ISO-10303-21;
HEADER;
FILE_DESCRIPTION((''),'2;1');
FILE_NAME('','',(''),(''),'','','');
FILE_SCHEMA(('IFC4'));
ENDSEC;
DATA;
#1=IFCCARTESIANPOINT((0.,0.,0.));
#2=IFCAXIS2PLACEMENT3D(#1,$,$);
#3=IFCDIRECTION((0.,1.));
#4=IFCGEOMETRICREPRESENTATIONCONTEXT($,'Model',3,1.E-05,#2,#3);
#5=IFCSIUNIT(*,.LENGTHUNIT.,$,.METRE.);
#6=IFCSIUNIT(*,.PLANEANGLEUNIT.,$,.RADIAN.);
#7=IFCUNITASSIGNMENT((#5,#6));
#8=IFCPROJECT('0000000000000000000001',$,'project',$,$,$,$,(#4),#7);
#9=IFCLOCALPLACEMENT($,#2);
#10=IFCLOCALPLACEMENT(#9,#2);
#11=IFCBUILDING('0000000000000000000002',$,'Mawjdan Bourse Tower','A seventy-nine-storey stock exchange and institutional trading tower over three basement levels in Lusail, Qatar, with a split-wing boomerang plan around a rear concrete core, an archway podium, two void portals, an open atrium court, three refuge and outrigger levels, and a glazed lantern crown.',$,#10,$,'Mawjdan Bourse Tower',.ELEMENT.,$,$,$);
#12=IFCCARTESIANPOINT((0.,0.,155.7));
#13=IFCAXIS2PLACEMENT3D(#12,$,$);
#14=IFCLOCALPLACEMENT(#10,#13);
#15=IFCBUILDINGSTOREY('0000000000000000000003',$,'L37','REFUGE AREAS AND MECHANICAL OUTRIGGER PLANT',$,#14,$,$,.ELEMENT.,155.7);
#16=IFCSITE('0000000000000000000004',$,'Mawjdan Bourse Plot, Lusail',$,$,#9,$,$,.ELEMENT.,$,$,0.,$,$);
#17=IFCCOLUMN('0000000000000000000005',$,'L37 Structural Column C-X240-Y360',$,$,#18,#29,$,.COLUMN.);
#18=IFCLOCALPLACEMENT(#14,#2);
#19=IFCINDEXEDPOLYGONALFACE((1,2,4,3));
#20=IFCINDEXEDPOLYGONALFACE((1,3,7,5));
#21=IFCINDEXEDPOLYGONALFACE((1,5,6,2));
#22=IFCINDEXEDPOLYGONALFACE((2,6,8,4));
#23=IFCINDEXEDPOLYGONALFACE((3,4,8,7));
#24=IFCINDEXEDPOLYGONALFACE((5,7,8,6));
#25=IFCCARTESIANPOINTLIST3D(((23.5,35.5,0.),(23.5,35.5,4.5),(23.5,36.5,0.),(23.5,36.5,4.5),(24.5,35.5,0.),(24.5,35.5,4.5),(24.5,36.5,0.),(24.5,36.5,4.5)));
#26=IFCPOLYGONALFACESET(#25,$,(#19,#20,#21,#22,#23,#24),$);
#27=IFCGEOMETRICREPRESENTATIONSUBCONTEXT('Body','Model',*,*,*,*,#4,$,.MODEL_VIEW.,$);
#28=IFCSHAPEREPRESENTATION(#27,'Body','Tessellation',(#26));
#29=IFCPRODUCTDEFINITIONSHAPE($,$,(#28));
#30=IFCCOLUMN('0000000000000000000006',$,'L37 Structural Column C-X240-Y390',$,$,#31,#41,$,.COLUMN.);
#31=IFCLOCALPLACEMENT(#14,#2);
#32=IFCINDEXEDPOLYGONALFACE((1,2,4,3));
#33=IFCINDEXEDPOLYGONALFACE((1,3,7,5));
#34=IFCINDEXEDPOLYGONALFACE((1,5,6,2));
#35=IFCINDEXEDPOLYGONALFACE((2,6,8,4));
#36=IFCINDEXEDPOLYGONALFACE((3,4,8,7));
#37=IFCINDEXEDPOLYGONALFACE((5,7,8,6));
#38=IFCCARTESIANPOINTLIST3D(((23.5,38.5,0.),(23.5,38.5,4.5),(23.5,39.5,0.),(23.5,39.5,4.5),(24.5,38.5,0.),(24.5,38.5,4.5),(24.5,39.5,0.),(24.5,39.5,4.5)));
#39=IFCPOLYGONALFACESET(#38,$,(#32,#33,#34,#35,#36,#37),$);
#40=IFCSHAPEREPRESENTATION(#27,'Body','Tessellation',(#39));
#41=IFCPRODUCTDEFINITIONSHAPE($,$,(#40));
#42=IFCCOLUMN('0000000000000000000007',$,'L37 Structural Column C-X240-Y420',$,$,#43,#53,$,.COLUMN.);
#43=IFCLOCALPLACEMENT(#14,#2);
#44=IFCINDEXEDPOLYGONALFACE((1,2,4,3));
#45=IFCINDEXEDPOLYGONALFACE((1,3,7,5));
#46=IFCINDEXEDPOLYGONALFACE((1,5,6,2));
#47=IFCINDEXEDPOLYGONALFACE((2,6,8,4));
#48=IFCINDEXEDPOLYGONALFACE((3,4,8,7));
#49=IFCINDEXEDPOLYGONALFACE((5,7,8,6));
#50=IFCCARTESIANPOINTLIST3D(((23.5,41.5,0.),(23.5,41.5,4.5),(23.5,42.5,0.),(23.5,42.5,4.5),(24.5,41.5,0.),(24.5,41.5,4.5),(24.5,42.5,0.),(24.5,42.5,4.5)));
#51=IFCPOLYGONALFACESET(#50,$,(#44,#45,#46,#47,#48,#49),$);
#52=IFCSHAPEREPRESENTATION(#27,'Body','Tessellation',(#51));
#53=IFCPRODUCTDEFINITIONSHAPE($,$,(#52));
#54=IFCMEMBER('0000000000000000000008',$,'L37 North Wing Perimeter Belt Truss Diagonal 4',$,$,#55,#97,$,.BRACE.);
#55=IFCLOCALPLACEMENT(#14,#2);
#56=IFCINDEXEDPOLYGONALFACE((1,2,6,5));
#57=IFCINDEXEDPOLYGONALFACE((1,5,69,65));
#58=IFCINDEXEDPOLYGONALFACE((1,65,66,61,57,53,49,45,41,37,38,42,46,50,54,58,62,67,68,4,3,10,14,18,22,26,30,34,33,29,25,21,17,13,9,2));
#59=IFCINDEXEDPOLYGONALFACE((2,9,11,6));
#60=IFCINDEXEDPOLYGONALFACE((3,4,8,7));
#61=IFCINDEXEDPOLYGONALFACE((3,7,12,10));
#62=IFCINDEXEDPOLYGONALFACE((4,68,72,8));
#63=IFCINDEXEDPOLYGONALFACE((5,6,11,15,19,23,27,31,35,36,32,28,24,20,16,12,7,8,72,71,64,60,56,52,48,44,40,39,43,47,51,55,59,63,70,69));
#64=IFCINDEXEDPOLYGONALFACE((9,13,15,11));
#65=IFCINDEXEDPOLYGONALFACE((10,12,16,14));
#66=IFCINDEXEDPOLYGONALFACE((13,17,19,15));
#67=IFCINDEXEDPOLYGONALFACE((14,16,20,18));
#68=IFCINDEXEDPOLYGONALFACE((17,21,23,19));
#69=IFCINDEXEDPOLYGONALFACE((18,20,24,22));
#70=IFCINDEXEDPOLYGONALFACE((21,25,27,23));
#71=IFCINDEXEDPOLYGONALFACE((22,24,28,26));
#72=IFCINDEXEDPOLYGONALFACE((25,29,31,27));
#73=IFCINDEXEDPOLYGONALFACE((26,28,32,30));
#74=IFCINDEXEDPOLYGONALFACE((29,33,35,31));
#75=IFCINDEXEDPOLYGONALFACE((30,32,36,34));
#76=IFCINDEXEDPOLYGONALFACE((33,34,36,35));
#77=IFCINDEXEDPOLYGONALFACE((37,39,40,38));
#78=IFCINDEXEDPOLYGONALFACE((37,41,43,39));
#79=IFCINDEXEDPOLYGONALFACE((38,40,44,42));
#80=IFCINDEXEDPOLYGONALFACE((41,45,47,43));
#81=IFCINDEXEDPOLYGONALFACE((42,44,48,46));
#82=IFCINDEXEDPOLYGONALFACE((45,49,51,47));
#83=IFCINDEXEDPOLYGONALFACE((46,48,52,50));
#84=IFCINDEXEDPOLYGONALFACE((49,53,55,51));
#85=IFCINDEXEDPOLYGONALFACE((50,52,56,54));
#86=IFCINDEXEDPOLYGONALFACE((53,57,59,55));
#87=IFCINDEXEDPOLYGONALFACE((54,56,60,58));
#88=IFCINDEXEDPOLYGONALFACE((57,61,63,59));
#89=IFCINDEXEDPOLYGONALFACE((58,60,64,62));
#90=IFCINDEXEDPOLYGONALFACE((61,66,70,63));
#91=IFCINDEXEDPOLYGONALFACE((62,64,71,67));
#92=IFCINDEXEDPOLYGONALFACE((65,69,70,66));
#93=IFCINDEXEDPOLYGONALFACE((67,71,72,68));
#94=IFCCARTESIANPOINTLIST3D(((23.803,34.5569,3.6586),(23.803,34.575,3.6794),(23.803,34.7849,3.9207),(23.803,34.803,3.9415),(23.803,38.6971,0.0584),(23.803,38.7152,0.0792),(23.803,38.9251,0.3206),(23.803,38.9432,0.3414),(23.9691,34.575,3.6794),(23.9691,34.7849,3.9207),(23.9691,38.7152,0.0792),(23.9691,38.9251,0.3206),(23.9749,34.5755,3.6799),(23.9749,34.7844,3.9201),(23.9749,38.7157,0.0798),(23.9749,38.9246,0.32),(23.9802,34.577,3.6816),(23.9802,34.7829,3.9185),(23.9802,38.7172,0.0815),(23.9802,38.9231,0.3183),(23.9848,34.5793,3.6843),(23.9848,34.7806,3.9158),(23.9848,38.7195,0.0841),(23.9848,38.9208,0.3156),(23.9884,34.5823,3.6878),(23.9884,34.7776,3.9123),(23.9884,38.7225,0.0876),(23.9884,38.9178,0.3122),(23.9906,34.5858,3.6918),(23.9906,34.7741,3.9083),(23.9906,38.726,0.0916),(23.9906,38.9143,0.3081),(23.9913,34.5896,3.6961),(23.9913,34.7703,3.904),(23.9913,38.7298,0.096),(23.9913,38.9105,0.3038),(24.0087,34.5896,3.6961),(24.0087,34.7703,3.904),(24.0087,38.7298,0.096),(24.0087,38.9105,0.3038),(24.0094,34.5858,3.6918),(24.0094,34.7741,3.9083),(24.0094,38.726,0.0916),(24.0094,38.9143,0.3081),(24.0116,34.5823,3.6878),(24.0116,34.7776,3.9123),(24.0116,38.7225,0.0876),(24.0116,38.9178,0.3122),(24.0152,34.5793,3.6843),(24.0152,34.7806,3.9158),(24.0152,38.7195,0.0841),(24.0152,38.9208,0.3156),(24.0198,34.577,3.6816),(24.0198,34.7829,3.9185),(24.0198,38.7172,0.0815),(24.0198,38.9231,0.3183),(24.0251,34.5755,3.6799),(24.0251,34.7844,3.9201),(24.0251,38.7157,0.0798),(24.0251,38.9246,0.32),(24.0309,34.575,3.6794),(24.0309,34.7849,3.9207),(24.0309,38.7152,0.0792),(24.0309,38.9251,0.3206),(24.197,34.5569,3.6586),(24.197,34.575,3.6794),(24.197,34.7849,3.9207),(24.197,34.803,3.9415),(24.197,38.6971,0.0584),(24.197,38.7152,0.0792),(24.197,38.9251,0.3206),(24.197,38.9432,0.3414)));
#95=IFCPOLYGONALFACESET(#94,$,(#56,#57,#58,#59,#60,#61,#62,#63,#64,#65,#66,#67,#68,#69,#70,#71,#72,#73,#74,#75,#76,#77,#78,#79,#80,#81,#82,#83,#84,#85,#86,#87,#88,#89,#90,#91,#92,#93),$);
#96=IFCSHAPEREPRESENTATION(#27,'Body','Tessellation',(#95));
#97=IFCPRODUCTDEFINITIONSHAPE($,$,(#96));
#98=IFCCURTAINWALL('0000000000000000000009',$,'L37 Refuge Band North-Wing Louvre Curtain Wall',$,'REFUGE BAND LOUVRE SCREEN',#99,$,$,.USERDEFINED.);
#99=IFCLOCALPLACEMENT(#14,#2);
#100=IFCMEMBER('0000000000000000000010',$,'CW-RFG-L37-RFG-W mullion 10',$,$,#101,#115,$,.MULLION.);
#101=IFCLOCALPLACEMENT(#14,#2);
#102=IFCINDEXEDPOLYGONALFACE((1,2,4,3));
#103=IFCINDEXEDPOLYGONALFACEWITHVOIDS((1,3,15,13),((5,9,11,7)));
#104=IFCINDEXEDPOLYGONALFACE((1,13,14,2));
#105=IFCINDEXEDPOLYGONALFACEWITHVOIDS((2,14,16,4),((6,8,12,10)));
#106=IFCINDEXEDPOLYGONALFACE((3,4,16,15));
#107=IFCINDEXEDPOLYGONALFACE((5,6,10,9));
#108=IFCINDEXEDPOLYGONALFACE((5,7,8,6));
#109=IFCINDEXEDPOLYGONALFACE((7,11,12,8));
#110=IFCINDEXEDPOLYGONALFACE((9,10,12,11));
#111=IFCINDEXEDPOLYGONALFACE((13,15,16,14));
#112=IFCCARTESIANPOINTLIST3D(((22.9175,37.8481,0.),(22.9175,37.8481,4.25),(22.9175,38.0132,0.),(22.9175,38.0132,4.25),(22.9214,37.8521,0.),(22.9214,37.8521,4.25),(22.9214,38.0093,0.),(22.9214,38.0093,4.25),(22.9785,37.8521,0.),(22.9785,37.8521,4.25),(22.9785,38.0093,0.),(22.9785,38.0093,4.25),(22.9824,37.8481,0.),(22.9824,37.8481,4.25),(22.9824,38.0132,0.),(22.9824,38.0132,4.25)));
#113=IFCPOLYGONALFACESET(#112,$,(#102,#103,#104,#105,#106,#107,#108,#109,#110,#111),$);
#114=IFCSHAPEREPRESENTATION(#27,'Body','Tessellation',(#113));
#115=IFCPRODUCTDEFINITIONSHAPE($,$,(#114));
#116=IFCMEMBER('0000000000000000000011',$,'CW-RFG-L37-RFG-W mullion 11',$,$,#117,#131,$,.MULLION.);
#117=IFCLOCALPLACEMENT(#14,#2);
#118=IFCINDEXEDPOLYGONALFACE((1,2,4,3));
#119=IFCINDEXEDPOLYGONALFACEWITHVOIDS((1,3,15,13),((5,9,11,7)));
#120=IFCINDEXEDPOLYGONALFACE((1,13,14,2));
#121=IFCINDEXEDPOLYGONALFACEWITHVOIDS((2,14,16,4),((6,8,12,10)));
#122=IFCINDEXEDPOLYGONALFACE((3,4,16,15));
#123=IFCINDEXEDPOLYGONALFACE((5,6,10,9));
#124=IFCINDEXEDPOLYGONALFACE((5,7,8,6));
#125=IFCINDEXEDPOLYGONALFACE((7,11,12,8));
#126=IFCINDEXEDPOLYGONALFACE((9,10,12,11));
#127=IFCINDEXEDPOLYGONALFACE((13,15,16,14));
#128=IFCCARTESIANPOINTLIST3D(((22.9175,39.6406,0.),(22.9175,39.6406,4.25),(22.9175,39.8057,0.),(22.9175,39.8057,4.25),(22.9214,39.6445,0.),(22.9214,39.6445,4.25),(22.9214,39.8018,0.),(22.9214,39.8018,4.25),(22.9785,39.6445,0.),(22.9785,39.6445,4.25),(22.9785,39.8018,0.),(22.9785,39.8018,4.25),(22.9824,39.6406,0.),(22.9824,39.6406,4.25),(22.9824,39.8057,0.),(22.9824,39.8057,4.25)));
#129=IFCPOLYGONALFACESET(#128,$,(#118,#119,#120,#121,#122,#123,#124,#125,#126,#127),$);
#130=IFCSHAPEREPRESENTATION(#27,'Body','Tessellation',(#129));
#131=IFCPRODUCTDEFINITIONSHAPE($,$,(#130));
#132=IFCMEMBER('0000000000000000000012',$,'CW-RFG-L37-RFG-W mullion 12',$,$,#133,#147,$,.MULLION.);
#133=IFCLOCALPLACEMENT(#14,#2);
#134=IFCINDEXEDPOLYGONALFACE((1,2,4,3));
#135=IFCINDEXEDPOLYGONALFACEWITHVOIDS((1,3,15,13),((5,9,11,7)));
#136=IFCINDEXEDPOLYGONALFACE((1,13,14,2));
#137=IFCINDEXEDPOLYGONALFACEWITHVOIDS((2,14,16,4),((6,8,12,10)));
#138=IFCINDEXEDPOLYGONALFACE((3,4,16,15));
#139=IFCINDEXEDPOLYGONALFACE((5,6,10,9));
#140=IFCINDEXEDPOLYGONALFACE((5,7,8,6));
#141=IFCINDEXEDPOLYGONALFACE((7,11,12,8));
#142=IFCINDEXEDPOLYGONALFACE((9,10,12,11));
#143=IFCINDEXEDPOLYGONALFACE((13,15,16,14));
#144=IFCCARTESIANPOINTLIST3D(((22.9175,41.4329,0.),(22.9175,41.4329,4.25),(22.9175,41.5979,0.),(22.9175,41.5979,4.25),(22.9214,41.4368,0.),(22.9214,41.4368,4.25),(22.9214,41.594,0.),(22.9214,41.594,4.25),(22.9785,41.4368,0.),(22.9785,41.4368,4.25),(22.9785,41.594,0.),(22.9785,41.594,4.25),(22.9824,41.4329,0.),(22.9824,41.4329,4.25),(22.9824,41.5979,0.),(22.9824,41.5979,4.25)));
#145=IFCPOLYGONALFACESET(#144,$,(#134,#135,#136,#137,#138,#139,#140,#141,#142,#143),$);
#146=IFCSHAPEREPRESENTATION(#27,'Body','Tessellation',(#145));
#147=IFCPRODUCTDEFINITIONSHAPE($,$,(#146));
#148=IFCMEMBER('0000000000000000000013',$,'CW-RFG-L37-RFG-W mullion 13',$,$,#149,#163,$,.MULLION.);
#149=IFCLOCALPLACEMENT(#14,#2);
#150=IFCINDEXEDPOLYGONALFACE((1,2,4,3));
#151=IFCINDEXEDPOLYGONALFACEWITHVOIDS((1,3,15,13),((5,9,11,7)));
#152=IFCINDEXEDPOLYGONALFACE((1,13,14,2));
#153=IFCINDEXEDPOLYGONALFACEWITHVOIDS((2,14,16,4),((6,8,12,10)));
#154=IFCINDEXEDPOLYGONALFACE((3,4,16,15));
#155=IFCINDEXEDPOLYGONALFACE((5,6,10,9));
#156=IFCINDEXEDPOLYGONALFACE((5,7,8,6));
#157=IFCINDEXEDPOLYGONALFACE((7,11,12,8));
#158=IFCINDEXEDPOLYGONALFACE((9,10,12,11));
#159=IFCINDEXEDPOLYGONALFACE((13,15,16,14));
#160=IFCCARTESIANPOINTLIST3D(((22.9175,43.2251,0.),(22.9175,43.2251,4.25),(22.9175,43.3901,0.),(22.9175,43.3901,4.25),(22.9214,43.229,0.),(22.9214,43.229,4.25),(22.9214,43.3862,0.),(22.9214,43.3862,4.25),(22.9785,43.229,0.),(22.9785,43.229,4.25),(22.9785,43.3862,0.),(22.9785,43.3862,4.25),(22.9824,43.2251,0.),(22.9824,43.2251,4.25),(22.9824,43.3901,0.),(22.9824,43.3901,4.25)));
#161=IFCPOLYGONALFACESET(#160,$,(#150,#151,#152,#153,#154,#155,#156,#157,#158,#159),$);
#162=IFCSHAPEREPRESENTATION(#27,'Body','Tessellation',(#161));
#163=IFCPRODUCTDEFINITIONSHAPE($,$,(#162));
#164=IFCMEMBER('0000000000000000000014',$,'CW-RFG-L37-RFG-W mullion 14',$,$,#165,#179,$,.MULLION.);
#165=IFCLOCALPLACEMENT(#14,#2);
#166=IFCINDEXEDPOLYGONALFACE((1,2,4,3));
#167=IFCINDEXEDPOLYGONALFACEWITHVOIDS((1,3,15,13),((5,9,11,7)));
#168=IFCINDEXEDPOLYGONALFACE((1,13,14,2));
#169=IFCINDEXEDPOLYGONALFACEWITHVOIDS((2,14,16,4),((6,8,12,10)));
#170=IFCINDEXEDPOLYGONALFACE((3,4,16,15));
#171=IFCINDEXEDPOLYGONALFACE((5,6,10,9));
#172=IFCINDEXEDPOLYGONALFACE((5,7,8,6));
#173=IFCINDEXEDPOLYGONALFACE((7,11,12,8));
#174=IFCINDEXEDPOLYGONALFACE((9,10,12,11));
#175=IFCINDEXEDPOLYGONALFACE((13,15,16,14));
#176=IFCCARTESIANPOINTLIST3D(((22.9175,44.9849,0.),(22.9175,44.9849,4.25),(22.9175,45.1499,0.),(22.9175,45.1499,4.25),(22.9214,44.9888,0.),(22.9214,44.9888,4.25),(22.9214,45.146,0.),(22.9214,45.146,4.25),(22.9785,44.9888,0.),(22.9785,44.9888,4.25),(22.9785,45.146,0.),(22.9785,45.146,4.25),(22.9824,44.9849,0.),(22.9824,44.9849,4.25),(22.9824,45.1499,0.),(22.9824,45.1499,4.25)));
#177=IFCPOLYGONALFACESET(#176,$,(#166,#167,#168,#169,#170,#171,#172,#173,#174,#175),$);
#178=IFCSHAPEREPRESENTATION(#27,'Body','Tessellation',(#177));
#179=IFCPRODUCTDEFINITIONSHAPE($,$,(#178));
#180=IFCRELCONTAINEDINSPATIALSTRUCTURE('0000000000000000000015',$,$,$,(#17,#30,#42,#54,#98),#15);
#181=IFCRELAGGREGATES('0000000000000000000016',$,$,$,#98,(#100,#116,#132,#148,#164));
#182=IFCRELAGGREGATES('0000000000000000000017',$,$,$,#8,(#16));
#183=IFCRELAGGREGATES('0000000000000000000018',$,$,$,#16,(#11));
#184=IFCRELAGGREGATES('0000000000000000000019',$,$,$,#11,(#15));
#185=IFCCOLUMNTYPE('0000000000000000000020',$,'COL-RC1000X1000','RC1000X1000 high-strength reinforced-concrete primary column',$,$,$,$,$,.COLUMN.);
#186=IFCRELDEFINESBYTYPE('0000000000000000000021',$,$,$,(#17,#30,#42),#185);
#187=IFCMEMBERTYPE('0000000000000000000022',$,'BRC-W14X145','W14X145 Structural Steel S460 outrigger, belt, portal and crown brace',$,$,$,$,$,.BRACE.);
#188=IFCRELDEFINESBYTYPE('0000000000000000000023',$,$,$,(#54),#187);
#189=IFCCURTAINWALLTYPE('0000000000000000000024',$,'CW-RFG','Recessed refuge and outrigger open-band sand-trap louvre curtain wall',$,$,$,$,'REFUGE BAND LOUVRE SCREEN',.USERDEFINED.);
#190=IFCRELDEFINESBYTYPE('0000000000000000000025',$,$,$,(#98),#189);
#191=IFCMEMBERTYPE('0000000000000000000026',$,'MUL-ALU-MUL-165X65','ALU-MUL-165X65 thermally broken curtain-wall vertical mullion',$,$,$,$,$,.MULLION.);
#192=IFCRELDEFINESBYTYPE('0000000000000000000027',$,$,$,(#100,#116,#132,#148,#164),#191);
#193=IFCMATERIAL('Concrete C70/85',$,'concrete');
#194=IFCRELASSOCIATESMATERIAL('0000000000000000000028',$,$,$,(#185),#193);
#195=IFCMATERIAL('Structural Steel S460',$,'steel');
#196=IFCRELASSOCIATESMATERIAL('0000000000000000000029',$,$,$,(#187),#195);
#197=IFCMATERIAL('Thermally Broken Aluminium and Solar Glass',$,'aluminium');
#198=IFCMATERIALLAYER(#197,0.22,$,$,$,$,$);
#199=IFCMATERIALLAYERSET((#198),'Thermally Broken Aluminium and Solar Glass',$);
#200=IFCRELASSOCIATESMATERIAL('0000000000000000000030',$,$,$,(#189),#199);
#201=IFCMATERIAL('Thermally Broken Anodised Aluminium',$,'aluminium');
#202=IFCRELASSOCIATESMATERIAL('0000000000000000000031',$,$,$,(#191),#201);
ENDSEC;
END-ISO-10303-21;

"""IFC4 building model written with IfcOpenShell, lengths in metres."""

from ifc_helpers import new_model, si_unit, direction, frame, origin, origin_2d, place, context, subcontext, project, spatial, rectangle, hollow_rectangle, i_section, extrude, material, layer, layer_set, material_profile, profile_set, type_object, element, aggregate, save


model = new_model("IFC4")

# Units and contexts
model_context = context("Model", 3, precision=1e-05, world=origin(), true_north=direction((0.0, 1.0)))
body_context = subcontext(model_context, "Body", "Model", "MODEL_VIEW")
ifc_project = project(units=[si_unit("LENGTHUNIT", "METRE"), si_unit("PLANEANGLEUNIT", "RADIAN")], contexts=[model_context])

# Site, building, storey
site_placement = place(None, origin())
site = spatial("IfcSite", under=ifc_project, at=site_placement, Name="Mawjdan Bourse Plot, Lusail", CompositionType="ELEMENT", RefElevation=0.0)
building_placement = place(site_placement, origin())
building = spatial("IfcBuilding", under=site, at=building_placement, Name="Mawjdan Bourse Tower", Description="A seventy-nine-storey stock exchange and institutional trading tower over three basement levels in Lusail, Qatar, with a split-wing boomerang plan around a rear concrete core, an archway podium, two void portals, an open atrium court, three refuge and outrigger levels, and a glazed lantern crown.", LongName="Mawjdan Bourse Tower", CompositionType="ELEMENT")
storey_placement = place(building_placement, frame((0.0, 0.0, 155.7)))
storey = spatial("IfcBuildingStorey", under=building, at=storey_placement, Name="L37", Description="REFUGE AREAS AND MECHANICAL OUTRIGGER PLANT", CompositionType="ELEMENT", Elevation=155.7)

# Columns
ifc_material_1 = material(Name="Concrete C70/85", Category="concrete")
ifc_material_profile_1 = material_profile(ifc_material_1, rectangle(XDim=1.0, YDim=1.0, at=origin_2d()), Name="RC1000X1000")
ifc_profile_set_1 = profile_set([ifc_material_profile_1], Name="Concrete C70/85")
column_type = type_object("IfcColumnType", Name="COL-RC1000X1000", Description="RC1000X1000 high-strength reinforced-concrete primary column", PredefinedType="COLUMN", material=ifc_profile_set_1)
for number, where, z_axis, x_axis, name in (
    (1, (24.0, 36.0, 0.0), (0.0, 0.0, 1.0), (1.0, 0.0, 0.0), "L37 Structural Column C-X240-Y360"),
    (2, (24.0, 39.0, 0.0), (0.0, 0.0, 1.0), (1.0, 0.0, 0.0), "L37 Structural Column C-X240-Y390"),
    (3, (24.0, 42.0, 0.0), (0.0, 0.0, 1.0), (1.0, 0.0, 0.0), "L37 Structural Column C-X240-Y420"),
):
    element("IfcColumn", number, at=place(storey_placement, frame(where, z_axis=z_axis, x_axis=x_axis)), inside=storey, type_object=column_type, Name=name, PredefinedType="COLUMN", context=body_context, shape_type="SweptSolid", body=[
        extrude(rectangle(XDim=1.0, YDim=1.0, at=origin_2d()), origin(), (0.0, 0.0, 1.0), 4.5),
    ])

# Member
ifc_material_2 = material(Name="Structural Steel S460", Category="steel")
ifc_material_profile_2 = material_profile(ifc_material_2, i_section(OverallWidth=0.394, OverallDepth=0.375, WebThickness=0.0173, FlangeThickness=0.0276, FilletRadius=0.0222, at=origin_2d()), Name="W14X145")
ifc_profile_set_2 = profile_set([ifc_material_profile_2], Name="Structural Steel S460")
member_type_1 = type_object("IfcMemberType", Name="BRC-W14X145", Description="W14X145 Structural Steel S460 outrigger, belt, portal and crown brace", PredefinedType="BRACE", material=ifc_profile_set_2)
member_1_placement = place(storey_placement, frame((24.0, 34.6799, 3.8), z_axis=(0.0, 0.754607, -0.656177), x_axis=(-1.0, 0.0, 0.0)))
element("IfcMember", 4, at=member_1_placement, inside=storey, type_object=member_type_1, Name="L37 North Wing Perimeter Belt Truss Diagonal 4", PredefinedType="BRACE", context=body_context, shape_type="SweptSolid", body=[
    extrude(i_section(OverallWidth=0.394, OverallDepth=0.375, WebThickness=0.0173, FlangeThickness=0.0276, FilletRadius=0.0222, at=origin_2d()), origin(), (0.0, 0.0, 1.0), 5.4866),
])

# Curtain wall, members
ifc_material_3 = material(Name="Thermally Broken Aluminium and Solar Glass", Category="aluminium")
ifc_layer_1 = layer(ifc_material_3, 0.22)
ifc_layer_set_1 = layer_set([ifc_layer_1], Name="Thermally Broken Aluminium and Solar Glass")
curtain_wall_type = type_object("IfcCurtainWallType", Name="CW-RFG", Description="Recessed refuge and outrigger open-band sand-trap louvre curtain wall", ElementType="REFUGE BAND LOUVRE SCREEN", PredefinedType="USERDEFINED", material=ifc_layer_set_1)
curtain_wall_placement = place(storey_placement, origin())
curtain_wall = element("IfcCurtainWall", 5, at=curtain_wall_placement, inside=storey, type_object=curtain_wall_type, Name="L37 Refuge Band North-Wing Louvre Curtain Wall", ObjectType="REFUGE BAND LOUVRE SCREEN", PredefinedType="USERDEFINED")
ifc_material_4 = material(Name="Thermally Broken Anodised Aluminium", Category="aluminium")
ifc_material_profile_3 = material_profile(ifc_material_4, hollow_rectangle(XDim=0.0649, YDim=0.165, WallThickness=0.0039, at=origin_2d()), Name="ALU-MUL-165X65")
ifc_profile_set_3 = profile_set([ifc_material_profile_3], Name="Thermally Broken Anodised Aluminium")
member_type_2 = type_object("IfcMemberType", Name="MUL-ALU-MUL-165X65", Description="ALU-MUL-165X65 thermally broken curtain-wall vertical mullion", PredefinedType="MULLION", material=ifc_profile_set_3)
member_2_placement = place(storey_placement, frame((22.95, 37.9307, 0.0), z_axis=(0.0, 0.0, 1.0), x_axis=(-1.0, 0.0, 0.0)))
member_2 = element("IfcMember", 6, at=member_2_placement, type_object=member_type_2, Name="CW-RFG-L37-RFG-W mullion 10", PredefinedType="MULLION", context=body_context, shape_type="SweptSolid", body=[
    extrude(hollow_rectangle(XDim=0.0649, YDim=0.165, WallThickness=0.0039, at=origin_2d()), origin(), (0.0, 0.0, 1.0), 4.25),
])
member_3_placement = place(storey_placement, frame((22.95, 39.7231, 0.0), z_axis=(0.0, 0.0, 1.0), x_axis=(-1.0, 0.0, 0.0)))
member_3 = element("IfcMember", 7, at=member_3_placement, type_object=member_type_2, Name="CW-RFG-L37-RFG-W mullion 11", PredefinedType="MULLION", context=body_context, shape_type="SweptSolid", body=[
    extrude(hollow_rectangle(XDim=0.0649, YDim=0.165, WallThickness=0.0039, at=origin_2d()), origin(), (0.0, 0.0, 1.0), 4.25),
])
member_4_placement = place(storey_placement, frame((22.95, 41.5154, 0.0), z_axis=(0.0, 0.0, 1.0), x_axis=(-1.0, 0.0, 0.0)))
member_4 = element("IfcMember", 8, at=member_4_placement, type_object=member_type_2, Name="CW-RFG-L37-RFG-W mullion 12", PredefinedType="MULLION", context=body_context, shape_type="SweptSolid", body=[
    extrude(hollow_rectangle(XDim=0.0649, YDim=0.165, WallThickness=0.0039, at=origin_2d()), origin(), (0.0, 0.0, 1.0), 4.25),
])
member_5_placement = place(storey_placement, frame((22.95, 43.3076, 0.0), z_axis=(0.0, 0.0, 1.0), x_axis=(-1.0, 0.0, 0.0)))
member_5 = element("IfcMember", 9, at=member_5_placement, type_object=member_type_2, Name="CW-RFG-L37-RFG-W mullion 13", PredefinedType="MULLION", context=body_context, shape_type="SweptSolid", body=[
    extrude(hollow_rectangle(XDim=0.0649, YDim=0.165, WallThickness=0.0039, at=origin_2d()), origin(), (0.0, 0.0, 1.0), 4.25),
])
member_6_placement = place(storey_placement, frame((22.95, 45.0674, 0.0), z_axis=(0.0, 0.0, 1.0), x_axis=(-1.0, 0.0, 0.0)))
member_6 = element("IfcMember", 10, at=member_6_placement, type_object=member_type_2, Name="CW-RFG-L37-RFG-W mullion 14", PredefinedType="MULLION", context=body_context, shape_type="SweptSolid", body=[
    extrude(hollow_rectangle(XDim=0.0649, YDim=0.165, WallThickness=0.0039, at=origin_2d()), origin(), (0.0, 0.0, 1.0), 4.25),
])

aggregate(curtain_wall, [member_2, member_3, member_4, member_5, member_6])

save(model, "model.ifc")
